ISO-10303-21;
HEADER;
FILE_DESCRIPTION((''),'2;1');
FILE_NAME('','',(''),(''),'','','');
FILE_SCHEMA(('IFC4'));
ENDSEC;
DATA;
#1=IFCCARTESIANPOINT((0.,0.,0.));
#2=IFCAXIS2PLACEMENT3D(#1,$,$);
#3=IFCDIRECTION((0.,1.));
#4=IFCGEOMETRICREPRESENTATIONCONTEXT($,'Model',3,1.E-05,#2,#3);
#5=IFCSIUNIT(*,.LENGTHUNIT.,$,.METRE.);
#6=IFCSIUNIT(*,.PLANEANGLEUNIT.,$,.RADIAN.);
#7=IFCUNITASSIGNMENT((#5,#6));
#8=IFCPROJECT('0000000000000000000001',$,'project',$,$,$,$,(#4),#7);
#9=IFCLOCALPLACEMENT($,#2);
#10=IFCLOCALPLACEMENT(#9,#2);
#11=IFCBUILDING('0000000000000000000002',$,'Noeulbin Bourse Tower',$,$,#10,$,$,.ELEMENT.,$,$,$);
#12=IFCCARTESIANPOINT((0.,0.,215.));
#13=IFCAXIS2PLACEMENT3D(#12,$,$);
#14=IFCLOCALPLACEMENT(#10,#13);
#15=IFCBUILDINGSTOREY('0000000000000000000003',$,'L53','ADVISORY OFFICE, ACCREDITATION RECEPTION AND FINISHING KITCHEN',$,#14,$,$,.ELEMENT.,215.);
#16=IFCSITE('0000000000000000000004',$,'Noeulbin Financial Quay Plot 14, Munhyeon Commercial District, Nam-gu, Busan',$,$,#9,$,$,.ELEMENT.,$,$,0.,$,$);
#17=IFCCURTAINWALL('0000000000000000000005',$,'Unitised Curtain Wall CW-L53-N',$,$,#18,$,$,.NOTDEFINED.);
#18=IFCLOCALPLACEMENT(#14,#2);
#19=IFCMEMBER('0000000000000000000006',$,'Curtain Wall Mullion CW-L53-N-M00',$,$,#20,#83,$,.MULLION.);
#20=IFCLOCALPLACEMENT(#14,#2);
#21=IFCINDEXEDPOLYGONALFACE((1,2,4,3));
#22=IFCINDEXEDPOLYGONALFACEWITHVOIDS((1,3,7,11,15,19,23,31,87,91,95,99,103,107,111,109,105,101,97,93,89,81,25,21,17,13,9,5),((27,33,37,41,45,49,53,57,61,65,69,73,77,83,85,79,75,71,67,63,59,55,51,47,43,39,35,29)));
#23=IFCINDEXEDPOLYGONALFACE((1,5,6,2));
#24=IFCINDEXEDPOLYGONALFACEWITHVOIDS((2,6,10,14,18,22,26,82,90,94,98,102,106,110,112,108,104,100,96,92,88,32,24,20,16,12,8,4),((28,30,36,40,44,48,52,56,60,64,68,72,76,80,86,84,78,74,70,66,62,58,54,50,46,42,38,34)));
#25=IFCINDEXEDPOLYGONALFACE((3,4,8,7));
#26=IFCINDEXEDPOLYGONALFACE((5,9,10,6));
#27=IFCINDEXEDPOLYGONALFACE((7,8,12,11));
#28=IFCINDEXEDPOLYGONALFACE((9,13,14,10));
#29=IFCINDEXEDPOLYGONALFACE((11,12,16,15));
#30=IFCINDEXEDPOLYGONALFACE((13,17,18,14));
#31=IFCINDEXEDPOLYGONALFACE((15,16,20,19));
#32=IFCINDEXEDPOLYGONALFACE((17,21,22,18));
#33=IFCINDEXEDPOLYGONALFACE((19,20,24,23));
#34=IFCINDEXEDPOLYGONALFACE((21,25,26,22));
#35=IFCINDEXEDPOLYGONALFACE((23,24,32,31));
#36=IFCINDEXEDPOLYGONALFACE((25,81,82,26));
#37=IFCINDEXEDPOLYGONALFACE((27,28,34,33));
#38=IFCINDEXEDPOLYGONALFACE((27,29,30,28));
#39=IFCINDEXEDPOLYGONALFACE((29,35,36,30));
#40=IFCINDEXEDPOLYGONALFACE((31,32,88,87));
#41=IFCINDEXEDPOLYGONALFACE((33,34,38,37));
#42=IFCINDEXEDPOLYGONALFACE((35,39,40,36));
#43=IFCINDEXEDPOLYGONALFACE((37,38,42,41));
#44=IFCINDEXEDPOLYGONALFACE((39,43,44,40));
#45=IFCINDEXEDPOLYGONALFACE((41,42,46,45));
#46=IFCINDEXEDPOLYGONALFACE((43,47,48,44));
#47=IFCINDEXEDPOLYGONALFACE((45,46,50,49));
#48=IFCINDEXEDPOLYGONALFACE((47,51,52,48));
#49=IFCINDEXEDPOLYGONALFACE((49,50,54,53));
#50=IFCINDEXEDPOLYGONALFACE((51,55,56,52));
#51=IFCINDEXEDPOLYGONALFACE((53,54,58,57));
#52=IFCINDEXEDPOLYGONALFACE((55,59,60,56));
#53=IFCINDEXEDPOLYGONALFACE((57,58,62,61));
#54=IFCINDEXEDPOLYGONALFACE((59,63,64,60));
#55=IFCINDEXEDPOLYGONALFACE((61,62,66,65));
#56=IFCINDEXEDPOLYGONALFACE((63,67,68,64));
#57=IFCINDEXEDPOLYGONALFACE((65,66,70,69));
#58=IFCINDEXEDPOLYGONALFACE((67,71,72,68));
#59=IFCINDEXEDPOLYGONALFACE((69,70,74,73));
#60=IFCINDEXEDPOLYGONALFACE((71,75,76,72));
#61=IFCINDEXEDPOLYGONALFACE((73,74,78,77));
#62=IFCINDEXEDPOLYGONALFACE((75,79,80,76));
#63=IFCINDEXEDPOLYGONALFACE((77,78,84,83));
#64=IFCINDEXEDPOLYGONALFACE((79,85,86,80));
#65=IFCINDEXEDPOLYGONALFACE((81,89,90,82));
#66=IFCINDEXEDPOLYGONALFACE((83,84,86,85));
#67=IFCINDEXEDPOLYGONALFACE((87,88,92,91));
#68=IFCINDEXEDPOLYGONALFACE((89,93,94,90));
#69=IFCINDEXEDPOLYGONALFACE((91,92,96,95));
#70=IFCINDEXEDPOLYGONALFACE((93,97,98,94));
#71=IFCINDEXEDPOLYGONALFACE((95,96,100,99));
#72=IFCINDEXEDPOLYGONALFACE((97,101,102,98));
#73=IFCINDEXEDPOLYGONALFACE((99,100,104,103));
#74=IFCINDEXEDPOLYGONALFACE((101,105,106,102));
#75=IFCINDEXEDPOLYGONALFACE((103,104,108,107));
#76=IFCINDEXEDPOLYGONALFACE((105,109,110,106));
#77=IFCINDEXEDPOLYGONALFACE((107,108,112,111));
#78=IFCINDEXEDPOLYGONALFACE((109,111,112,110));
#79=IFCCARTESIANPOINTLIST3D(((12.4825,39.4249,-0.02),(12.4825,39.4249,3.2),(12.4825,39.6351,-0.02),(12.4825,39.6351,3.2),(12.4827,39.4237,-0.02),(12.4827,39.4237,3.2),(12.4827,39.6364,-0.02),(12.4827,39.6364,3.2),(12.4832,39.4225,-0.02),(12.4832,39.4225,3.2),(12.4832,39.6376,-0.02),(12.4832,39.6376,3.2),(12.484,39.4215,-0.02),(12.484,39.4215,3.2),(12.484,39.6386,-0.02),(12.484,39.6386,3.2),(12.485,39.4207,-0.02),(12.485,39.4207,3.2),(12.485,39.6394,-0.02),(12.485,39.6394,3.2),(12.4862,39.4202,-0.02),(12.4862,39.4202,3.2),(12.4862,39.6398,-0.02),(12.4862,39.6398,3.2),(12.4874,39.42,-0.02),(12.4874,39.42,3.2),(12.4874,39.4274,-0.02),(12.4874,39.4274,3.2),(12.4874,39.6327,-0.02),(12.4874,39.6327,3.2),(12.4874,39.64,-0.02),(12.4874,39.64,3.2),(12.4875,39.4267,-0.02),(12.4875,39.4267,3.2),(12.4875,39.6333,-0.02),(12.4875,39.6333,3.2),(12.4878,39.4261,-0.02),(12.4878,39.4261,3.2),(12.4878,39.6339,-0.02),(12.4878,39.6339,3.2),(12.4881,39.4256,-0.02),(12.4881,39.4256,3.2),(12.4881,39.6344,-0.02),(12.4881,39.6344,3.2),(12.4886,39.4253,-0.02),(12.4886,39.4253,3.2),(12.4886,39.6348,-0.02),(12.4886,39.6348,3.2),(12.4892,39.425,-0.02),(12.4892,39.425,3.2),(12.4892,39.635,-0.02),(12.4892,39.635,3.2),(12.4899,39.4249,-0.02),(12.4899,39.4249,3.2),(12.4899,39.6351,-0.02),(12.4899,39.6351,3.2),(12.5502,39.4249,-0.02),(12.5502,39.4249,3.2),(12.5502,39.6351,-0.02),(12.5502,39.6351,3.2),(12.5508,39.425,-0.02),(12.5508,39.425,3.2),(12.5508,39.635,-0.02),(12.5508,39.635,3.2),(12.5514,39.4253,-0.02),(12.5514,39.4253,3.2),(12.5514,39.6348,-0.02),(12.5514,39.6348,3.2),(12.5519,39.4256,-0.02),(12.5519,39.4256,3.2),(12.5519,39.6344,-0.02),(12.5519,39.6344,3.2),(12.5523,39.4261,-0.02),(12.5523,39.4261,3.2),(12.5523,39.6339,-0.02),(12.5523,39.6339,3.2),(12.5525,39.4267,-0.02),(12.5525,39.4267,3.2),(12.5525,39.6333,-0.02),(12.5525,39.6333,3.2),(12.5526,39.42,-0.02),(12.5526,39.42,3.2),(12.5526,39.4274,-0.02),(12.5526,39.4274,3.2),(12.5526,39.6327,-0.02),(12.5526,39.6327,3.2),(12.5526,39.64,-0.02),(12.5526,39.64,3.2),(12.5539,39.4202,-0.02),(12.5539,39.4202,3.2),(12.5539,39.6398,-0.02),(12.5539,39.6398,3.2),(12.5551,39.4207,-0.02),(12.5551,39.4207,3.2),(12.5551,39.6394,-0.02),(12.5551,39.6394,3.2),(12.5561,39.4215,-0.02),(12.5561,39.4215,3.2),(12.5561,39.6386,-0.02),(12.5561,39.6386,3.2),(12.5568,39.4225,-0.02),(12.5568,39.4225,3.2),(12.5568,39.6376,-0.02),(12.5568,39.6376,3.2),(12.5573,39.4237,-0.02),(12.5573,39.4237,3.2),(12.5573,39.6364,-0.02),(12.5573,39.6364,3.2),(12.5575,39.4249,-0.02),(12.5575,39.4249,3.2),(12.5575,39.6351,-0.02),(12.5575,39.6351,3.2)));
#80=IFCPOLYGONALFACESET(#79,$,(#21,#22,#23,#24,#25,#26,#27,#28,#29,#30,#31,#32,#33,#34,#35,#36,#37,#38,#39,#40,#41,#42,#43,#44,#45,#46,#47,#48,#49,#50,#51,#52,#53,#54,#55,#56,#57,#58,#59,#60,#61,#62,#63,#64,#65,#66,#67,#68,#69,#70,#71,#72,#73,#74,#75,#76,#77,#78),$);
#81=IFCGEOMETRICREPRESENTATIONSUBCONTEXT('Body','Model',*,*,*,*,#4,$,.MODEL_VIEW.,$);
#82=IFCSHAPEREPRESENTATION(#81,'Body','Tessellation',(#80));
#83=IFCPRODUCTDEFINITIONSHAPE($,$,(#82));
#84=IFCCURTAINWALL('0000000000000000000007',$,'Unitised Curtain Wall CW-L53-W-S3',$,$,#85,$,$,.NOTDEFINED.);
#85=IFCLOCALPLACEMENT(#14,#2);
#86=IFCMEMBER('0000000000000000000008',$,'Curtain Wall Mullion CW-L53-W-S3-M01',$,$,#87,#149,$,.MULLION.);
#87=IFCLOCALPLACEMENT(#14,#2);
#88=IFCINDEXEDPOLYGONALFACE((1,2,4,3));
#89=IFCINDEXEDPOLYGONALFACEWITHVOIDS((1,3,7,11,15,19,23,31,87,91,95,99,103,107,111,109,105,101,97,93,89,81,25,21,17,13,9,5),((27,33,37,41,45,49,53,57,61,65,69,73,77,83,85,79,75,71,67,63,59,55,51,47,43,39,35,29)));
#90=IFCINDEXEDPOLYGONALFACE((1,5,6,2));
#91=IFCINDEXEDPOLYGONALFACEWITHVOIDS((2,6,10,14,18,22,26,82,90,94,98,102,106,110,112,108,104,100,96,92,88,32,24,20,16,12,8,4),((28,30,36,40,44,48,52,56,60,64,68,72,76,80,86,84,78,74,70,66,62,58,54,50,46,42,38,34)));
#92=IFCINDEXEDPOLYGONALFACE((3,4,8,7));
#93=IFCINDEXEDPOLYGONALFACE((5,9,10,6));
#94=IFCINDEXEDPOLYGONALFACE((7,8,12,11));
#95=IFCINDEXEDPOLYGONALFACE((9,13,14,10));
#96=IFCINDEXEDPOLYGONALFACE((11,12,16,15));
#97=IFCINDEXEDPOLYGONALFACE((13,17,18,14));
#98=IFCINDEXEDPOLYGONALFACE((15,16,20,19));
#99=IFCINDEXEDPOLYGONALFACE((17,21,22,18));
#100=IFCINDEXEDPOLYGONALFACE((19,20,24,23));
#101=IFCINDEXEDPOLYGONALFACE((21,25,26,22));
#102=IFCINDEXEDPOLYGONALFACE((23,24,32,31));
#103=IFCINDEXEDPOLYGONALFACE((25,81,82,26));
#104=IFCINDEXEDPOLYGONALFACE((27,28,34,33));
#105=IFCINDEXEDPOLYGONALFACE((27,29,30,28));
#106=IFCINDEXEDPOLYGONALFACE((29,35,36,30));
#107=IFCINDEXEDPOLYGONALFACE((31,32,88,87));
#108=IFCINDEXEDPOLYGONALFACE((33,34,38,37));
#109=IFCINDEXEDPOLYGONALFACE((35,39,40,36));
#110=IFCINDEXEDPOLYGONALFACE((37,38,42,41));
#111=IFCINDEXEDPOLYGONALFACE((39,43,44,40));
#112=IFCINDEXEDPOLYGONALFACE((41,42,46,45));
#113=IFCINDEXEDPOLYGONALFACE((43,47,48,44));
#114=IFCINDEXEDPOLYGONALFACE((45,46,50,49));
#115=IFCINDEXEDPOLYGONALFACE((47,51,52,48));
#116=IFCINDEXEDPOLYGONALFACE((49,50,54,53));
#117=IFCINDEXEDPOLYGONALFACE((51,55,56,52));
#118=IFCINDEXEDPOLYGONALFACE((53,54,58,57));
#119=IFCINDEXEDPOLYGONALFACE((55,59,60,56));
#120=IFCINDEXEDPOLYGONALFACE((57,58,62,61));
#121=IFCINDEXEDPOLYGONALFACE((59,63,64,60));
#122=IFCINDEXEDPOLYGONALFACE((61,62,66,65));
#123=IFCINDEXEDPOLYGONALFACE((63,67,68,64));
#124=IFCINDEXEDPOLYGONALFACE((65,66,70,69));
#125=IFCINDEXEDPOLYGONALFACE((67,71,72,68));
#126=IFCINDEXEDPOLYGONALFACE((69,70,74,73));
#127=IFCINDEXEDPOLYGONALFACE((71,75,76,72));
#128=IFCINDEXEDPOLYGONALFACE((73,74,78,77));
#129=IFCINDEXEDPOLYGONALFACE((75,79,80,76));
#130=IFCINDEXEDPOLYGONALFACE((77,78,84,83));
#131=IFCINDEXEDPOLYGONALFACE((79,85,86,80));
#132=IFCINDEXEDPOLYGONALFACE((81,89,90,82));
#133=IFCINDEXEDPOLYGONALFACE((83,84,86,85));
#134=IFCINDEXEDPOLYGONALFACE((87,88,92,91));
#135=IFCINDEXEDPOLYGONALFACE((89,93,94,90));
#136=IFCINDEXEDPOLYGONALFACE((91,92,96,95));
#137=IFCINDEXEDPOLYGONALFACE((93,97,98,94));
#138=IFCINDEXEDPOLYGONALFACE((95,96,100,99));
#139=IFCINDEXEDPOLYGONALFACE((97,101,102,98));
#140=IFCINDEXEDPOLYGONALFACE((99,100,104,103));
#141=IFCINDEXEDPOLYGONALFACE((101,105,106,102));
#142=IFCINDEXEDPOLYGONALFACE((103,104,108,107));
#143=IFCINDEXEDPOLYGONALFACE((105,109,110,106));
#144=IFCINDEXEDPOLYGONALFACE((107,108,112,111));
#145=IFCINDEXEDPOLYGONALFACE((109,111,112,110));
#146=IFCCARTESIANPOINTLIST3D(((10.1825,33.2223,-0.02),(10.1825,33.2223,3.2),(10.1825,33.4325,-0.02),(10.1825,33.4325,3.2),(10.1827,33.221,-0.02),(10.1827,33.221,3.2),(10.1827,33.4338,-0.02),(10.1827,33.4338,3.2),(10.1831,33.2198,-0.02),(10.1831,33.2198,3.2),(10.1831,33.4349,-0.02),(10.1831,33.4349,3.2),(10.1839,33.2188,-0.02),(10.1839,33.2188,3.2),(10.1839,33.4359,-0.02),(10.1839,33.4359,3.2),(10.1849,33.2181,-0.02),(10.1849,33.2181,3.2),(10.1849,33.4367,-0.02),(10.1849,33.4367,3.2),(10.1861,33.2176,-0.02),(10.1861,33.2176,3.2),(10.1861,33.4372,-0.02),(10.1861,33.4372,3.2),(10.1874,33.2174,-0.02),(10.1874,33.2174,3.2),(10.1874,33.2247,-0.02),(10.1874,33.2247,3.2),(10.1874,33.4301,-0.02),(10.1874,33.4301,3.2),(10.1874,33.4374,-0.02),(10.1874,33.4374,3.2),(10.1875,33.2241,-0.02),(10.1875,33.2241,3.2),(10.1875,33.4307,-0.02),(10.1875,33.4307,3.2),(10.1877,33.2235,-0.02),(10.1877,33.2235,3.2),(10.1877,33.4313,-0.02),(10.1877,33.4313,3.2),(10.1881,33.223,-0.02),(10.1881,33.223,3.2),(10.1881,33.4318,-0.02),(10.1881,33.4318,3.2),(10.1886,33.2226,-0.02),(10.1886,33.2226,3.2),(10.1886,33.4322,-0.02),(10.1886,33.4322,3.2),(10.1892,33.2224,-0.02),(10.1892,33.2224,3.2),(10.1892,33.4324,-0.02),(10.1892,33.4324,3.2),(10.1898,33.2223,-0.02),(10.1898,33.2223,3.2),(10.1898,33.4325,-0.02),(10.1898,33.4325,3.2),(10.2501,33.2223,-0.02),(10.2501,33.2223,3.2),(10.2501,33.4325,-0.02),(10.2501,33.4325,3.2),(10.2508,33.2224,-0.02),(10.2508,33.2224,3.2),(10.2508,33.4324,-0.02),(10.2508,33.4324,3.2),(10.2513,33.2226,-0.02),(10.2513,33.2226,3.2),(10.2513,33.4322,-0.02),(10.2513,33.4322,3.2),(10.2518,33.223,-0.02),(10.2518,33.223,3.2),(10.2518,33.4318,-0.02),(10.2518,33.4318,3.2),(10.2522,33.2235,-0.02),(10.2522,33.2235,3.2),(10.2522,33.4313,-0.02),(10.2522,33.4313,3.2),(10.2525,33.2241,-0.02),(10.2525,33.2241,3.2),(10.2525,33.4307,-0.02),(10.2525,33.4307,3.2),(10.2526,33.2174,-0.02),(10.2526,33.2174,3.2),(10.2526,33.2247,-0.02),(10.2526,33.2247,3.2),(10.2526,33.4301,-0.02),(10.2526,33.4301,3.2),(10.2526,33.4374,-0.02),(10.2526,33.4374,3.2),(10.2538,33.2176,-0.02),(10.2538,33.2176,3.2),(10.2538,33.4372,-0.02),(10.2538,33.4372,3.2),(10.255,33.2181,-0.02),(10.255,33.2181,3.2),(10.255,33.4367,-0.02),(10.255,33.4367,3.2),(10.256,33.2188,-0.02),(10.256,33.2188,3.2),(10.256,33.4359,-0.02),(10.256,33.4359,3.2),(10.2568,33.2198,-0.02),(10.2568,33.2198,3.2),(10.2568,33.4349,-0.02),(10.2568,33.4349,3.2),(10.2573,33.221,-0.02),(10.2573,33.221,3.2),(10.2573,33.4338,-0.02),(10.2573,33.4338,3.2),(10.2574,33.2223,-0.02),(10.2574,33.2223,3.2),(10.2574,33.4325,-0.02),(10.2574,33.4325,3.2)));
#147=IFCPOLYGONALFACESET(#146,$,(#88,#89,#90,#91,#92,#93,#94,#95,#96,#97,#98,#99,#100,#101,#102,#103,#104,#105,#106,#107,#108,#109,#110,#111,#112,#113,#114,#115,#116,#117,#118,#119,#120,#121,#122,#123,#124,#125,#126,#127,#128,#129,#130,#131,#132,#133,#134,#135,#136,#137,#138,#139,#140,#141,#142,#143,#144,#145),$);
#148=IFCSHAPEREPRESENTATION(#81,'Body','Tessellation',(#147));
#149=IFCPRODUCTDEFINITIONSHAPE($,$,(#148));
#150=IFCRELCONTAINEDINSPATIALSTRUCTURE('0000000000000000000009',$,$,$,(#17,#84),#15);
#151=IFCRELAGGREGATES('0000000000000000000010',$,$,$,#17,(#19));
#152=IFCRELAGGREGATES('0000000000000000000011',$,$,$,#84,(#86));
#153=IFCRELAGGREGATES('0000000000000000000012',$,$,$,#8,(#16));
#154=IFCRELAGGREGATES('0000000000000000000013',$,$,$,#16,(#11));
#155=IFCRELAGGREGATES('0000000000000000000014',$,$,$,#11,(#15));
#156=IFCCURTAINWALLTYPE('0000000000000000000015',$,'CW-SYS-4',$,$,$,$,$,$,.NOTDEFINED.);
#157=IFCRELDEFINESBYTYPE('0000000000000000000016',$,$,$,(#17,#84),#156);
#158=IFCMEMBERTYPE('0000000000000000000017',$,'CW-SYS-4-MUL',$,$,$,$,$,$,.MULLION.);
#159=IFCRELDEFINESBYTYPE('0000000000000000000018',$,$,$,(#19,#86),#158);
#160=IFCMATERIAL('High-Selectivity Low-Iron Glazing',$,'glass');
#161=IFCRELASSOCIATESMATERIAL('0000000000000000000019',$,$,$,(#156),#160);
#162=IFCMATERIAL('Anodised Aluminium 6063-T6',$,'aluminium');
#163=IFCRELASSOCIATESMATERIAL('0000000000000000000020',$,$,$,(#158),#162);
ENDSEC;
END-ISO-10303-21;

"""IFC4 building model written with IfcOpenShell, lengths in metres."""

from ifc_helpers import new_model, si_unit, direction, frame, origin, origin_2d, place, context, subcontext, project, spatial, hollow_rectangle, extrude, material, material_profile, profile_set, type_object, element, aggregate, save


model = new_model("IFC4")

# Units and contexts
model_context = context("Model", 3, precision=1e-05, world=origin(), true_north=direction((0.0, 1.0)))
body_context = subcontext(model_context, "Body", "Model", "MODEL_VIEW")
ifc_project = project(units=[si_unit("LENGTHUNIT", "METRE"), si_unit("PLANEANGLEUNIT", "RADIAN")], contexts=[model_context])

# Site, building, storey
site_placement = place(None, origin())
site = spatial("IfcSite", under=ifc_project, at=site_placement, Name="Noeulbin Financial Quay Plot 14, Munhyeon Commercial District, Nam-gu, Busan", CompositionType="ELEMENT", RefElevation=0.0)
building_placement = place(site_placement, origin())
building = spatial("IfcBuilding", under=site, at=building_placement, Name="Noeulbin Bourse Tower", CompositionType="ELEMENT")
storey_placement = place(building_placement, frame((0.0, 0.0, 215.0)))
storey = spatial("IfcBuildingStorey", under=building, at=storey_placement, Name="L53", Description="ADVISORY OFFICE, ACCREDITATION RECEPTION AND FINISHING KITCHEN", CompositionType="ELEMENT", Elevation=215.0)

# Curtain wall, member
ifc_material_1 = material(Name="High-Selectivity Low-Iron Glazing", Category="glass")
curtain_wall_type = type_object("IfcCurtainWallType", Name="CW-SYS-4", PredefinedType="NOTDEFINED", material=ifc_material_1)
curtain_wall_1_placement = place(storey_placement, origin())
curtain_wall_1 = element("IfcCurtainWall", 1, at=curtain_wall_1_placement, inside=storey, type_object=curtain_wall_type, Name="Unitised Curtain Wall CW-L53-N", PredefinedType="NOTDEFINED")
ifc_material_2 = material(Name="Anodised Aluminium 6063-T6", Category="aluminium")
ifc_material_profile_1 = material_profile(ifc_material_2, hollow_rectangle(XDim=0.075, YDim=0.22, WallThickness=0.0049, InnerFilletRadius=0.0024, OuterFilletRadius=0.0049, at=origin_2d()), Name="ALU-MULL-75x220x5", Category="LoadBearing")
ifc_profile_set_1 = profile_set([ifc_material_profile_1], Name="Anodised Aluminium 6063-T6")
member_type_1 = type_object("IfcMemberType", Name="CW-SYS-4-MUL", PredefinedType="MULLION", material=ifc_profile_set_1)
member_1_placement = place(storey_placement, frame((12.52, 39.53, -0.02), z_axis=(0.0, 0.0, 1.0), x_axis=(1.0, 0.0, 0.0)))
member_1 = element("IfcMember", 2, at=member_1_placement, type_object=member_type_1, Name="Curtain Wall Mullion CW-L53-N-M00", PredefinedType="MULLION", context=body_context, shape_type="SweptSolid", body=[
    extrude(hollow_rectangle(XDim=0.075, YDim=0.22, WallThickness=0.0049, InnerFilletRadius=0.0024, OuterFilletRadius=0.0049, at=origin_2d()), origin(), (0.0, 0.0, 1.0), 3.22),
])

# Curtain wall, member
curtain_wall_2_placement = place(storey_placement, origin())
curtain_wall_2 = element("IfcCurtainWall", 3, at=curtain_wall_2_placement, inside=storey, type_object=curtain_wall_type, Name="Unitised Curtain Wall CW-L53-W-S3", PredefinedType="NOTDEFINED")
member_2_placement = place(storey_placement, frame((10.22, 33.3274, -0.02), z_axis=(0.0, 0.0, 1.0), x_axis=(1.0, 0.0, 0.0)))
member_2 = element("IfcMember", 4, at=member_2_placement, type_object=member_type_1, Name="Curtain Wall Mullion CW-L53-W-S3-M01", PredefinedType="MULLION", context=body_context, shape_type="SweptSolid", body=[
    extrude(hollow_rectangle(XDim=0.075, YDim=0.22, WallThickness=0.0049, InnerFilletRadius=0.0024, OuterFilletRadius=0.0049, at=origin_2d()), origin(), (0.0, 0.0, 1.0), 3.22),
])

aggregate(curtain_wall_1, [member_1])
aggregate(curtain_wall_2, [member_2])

save(model, "model.ifc")
